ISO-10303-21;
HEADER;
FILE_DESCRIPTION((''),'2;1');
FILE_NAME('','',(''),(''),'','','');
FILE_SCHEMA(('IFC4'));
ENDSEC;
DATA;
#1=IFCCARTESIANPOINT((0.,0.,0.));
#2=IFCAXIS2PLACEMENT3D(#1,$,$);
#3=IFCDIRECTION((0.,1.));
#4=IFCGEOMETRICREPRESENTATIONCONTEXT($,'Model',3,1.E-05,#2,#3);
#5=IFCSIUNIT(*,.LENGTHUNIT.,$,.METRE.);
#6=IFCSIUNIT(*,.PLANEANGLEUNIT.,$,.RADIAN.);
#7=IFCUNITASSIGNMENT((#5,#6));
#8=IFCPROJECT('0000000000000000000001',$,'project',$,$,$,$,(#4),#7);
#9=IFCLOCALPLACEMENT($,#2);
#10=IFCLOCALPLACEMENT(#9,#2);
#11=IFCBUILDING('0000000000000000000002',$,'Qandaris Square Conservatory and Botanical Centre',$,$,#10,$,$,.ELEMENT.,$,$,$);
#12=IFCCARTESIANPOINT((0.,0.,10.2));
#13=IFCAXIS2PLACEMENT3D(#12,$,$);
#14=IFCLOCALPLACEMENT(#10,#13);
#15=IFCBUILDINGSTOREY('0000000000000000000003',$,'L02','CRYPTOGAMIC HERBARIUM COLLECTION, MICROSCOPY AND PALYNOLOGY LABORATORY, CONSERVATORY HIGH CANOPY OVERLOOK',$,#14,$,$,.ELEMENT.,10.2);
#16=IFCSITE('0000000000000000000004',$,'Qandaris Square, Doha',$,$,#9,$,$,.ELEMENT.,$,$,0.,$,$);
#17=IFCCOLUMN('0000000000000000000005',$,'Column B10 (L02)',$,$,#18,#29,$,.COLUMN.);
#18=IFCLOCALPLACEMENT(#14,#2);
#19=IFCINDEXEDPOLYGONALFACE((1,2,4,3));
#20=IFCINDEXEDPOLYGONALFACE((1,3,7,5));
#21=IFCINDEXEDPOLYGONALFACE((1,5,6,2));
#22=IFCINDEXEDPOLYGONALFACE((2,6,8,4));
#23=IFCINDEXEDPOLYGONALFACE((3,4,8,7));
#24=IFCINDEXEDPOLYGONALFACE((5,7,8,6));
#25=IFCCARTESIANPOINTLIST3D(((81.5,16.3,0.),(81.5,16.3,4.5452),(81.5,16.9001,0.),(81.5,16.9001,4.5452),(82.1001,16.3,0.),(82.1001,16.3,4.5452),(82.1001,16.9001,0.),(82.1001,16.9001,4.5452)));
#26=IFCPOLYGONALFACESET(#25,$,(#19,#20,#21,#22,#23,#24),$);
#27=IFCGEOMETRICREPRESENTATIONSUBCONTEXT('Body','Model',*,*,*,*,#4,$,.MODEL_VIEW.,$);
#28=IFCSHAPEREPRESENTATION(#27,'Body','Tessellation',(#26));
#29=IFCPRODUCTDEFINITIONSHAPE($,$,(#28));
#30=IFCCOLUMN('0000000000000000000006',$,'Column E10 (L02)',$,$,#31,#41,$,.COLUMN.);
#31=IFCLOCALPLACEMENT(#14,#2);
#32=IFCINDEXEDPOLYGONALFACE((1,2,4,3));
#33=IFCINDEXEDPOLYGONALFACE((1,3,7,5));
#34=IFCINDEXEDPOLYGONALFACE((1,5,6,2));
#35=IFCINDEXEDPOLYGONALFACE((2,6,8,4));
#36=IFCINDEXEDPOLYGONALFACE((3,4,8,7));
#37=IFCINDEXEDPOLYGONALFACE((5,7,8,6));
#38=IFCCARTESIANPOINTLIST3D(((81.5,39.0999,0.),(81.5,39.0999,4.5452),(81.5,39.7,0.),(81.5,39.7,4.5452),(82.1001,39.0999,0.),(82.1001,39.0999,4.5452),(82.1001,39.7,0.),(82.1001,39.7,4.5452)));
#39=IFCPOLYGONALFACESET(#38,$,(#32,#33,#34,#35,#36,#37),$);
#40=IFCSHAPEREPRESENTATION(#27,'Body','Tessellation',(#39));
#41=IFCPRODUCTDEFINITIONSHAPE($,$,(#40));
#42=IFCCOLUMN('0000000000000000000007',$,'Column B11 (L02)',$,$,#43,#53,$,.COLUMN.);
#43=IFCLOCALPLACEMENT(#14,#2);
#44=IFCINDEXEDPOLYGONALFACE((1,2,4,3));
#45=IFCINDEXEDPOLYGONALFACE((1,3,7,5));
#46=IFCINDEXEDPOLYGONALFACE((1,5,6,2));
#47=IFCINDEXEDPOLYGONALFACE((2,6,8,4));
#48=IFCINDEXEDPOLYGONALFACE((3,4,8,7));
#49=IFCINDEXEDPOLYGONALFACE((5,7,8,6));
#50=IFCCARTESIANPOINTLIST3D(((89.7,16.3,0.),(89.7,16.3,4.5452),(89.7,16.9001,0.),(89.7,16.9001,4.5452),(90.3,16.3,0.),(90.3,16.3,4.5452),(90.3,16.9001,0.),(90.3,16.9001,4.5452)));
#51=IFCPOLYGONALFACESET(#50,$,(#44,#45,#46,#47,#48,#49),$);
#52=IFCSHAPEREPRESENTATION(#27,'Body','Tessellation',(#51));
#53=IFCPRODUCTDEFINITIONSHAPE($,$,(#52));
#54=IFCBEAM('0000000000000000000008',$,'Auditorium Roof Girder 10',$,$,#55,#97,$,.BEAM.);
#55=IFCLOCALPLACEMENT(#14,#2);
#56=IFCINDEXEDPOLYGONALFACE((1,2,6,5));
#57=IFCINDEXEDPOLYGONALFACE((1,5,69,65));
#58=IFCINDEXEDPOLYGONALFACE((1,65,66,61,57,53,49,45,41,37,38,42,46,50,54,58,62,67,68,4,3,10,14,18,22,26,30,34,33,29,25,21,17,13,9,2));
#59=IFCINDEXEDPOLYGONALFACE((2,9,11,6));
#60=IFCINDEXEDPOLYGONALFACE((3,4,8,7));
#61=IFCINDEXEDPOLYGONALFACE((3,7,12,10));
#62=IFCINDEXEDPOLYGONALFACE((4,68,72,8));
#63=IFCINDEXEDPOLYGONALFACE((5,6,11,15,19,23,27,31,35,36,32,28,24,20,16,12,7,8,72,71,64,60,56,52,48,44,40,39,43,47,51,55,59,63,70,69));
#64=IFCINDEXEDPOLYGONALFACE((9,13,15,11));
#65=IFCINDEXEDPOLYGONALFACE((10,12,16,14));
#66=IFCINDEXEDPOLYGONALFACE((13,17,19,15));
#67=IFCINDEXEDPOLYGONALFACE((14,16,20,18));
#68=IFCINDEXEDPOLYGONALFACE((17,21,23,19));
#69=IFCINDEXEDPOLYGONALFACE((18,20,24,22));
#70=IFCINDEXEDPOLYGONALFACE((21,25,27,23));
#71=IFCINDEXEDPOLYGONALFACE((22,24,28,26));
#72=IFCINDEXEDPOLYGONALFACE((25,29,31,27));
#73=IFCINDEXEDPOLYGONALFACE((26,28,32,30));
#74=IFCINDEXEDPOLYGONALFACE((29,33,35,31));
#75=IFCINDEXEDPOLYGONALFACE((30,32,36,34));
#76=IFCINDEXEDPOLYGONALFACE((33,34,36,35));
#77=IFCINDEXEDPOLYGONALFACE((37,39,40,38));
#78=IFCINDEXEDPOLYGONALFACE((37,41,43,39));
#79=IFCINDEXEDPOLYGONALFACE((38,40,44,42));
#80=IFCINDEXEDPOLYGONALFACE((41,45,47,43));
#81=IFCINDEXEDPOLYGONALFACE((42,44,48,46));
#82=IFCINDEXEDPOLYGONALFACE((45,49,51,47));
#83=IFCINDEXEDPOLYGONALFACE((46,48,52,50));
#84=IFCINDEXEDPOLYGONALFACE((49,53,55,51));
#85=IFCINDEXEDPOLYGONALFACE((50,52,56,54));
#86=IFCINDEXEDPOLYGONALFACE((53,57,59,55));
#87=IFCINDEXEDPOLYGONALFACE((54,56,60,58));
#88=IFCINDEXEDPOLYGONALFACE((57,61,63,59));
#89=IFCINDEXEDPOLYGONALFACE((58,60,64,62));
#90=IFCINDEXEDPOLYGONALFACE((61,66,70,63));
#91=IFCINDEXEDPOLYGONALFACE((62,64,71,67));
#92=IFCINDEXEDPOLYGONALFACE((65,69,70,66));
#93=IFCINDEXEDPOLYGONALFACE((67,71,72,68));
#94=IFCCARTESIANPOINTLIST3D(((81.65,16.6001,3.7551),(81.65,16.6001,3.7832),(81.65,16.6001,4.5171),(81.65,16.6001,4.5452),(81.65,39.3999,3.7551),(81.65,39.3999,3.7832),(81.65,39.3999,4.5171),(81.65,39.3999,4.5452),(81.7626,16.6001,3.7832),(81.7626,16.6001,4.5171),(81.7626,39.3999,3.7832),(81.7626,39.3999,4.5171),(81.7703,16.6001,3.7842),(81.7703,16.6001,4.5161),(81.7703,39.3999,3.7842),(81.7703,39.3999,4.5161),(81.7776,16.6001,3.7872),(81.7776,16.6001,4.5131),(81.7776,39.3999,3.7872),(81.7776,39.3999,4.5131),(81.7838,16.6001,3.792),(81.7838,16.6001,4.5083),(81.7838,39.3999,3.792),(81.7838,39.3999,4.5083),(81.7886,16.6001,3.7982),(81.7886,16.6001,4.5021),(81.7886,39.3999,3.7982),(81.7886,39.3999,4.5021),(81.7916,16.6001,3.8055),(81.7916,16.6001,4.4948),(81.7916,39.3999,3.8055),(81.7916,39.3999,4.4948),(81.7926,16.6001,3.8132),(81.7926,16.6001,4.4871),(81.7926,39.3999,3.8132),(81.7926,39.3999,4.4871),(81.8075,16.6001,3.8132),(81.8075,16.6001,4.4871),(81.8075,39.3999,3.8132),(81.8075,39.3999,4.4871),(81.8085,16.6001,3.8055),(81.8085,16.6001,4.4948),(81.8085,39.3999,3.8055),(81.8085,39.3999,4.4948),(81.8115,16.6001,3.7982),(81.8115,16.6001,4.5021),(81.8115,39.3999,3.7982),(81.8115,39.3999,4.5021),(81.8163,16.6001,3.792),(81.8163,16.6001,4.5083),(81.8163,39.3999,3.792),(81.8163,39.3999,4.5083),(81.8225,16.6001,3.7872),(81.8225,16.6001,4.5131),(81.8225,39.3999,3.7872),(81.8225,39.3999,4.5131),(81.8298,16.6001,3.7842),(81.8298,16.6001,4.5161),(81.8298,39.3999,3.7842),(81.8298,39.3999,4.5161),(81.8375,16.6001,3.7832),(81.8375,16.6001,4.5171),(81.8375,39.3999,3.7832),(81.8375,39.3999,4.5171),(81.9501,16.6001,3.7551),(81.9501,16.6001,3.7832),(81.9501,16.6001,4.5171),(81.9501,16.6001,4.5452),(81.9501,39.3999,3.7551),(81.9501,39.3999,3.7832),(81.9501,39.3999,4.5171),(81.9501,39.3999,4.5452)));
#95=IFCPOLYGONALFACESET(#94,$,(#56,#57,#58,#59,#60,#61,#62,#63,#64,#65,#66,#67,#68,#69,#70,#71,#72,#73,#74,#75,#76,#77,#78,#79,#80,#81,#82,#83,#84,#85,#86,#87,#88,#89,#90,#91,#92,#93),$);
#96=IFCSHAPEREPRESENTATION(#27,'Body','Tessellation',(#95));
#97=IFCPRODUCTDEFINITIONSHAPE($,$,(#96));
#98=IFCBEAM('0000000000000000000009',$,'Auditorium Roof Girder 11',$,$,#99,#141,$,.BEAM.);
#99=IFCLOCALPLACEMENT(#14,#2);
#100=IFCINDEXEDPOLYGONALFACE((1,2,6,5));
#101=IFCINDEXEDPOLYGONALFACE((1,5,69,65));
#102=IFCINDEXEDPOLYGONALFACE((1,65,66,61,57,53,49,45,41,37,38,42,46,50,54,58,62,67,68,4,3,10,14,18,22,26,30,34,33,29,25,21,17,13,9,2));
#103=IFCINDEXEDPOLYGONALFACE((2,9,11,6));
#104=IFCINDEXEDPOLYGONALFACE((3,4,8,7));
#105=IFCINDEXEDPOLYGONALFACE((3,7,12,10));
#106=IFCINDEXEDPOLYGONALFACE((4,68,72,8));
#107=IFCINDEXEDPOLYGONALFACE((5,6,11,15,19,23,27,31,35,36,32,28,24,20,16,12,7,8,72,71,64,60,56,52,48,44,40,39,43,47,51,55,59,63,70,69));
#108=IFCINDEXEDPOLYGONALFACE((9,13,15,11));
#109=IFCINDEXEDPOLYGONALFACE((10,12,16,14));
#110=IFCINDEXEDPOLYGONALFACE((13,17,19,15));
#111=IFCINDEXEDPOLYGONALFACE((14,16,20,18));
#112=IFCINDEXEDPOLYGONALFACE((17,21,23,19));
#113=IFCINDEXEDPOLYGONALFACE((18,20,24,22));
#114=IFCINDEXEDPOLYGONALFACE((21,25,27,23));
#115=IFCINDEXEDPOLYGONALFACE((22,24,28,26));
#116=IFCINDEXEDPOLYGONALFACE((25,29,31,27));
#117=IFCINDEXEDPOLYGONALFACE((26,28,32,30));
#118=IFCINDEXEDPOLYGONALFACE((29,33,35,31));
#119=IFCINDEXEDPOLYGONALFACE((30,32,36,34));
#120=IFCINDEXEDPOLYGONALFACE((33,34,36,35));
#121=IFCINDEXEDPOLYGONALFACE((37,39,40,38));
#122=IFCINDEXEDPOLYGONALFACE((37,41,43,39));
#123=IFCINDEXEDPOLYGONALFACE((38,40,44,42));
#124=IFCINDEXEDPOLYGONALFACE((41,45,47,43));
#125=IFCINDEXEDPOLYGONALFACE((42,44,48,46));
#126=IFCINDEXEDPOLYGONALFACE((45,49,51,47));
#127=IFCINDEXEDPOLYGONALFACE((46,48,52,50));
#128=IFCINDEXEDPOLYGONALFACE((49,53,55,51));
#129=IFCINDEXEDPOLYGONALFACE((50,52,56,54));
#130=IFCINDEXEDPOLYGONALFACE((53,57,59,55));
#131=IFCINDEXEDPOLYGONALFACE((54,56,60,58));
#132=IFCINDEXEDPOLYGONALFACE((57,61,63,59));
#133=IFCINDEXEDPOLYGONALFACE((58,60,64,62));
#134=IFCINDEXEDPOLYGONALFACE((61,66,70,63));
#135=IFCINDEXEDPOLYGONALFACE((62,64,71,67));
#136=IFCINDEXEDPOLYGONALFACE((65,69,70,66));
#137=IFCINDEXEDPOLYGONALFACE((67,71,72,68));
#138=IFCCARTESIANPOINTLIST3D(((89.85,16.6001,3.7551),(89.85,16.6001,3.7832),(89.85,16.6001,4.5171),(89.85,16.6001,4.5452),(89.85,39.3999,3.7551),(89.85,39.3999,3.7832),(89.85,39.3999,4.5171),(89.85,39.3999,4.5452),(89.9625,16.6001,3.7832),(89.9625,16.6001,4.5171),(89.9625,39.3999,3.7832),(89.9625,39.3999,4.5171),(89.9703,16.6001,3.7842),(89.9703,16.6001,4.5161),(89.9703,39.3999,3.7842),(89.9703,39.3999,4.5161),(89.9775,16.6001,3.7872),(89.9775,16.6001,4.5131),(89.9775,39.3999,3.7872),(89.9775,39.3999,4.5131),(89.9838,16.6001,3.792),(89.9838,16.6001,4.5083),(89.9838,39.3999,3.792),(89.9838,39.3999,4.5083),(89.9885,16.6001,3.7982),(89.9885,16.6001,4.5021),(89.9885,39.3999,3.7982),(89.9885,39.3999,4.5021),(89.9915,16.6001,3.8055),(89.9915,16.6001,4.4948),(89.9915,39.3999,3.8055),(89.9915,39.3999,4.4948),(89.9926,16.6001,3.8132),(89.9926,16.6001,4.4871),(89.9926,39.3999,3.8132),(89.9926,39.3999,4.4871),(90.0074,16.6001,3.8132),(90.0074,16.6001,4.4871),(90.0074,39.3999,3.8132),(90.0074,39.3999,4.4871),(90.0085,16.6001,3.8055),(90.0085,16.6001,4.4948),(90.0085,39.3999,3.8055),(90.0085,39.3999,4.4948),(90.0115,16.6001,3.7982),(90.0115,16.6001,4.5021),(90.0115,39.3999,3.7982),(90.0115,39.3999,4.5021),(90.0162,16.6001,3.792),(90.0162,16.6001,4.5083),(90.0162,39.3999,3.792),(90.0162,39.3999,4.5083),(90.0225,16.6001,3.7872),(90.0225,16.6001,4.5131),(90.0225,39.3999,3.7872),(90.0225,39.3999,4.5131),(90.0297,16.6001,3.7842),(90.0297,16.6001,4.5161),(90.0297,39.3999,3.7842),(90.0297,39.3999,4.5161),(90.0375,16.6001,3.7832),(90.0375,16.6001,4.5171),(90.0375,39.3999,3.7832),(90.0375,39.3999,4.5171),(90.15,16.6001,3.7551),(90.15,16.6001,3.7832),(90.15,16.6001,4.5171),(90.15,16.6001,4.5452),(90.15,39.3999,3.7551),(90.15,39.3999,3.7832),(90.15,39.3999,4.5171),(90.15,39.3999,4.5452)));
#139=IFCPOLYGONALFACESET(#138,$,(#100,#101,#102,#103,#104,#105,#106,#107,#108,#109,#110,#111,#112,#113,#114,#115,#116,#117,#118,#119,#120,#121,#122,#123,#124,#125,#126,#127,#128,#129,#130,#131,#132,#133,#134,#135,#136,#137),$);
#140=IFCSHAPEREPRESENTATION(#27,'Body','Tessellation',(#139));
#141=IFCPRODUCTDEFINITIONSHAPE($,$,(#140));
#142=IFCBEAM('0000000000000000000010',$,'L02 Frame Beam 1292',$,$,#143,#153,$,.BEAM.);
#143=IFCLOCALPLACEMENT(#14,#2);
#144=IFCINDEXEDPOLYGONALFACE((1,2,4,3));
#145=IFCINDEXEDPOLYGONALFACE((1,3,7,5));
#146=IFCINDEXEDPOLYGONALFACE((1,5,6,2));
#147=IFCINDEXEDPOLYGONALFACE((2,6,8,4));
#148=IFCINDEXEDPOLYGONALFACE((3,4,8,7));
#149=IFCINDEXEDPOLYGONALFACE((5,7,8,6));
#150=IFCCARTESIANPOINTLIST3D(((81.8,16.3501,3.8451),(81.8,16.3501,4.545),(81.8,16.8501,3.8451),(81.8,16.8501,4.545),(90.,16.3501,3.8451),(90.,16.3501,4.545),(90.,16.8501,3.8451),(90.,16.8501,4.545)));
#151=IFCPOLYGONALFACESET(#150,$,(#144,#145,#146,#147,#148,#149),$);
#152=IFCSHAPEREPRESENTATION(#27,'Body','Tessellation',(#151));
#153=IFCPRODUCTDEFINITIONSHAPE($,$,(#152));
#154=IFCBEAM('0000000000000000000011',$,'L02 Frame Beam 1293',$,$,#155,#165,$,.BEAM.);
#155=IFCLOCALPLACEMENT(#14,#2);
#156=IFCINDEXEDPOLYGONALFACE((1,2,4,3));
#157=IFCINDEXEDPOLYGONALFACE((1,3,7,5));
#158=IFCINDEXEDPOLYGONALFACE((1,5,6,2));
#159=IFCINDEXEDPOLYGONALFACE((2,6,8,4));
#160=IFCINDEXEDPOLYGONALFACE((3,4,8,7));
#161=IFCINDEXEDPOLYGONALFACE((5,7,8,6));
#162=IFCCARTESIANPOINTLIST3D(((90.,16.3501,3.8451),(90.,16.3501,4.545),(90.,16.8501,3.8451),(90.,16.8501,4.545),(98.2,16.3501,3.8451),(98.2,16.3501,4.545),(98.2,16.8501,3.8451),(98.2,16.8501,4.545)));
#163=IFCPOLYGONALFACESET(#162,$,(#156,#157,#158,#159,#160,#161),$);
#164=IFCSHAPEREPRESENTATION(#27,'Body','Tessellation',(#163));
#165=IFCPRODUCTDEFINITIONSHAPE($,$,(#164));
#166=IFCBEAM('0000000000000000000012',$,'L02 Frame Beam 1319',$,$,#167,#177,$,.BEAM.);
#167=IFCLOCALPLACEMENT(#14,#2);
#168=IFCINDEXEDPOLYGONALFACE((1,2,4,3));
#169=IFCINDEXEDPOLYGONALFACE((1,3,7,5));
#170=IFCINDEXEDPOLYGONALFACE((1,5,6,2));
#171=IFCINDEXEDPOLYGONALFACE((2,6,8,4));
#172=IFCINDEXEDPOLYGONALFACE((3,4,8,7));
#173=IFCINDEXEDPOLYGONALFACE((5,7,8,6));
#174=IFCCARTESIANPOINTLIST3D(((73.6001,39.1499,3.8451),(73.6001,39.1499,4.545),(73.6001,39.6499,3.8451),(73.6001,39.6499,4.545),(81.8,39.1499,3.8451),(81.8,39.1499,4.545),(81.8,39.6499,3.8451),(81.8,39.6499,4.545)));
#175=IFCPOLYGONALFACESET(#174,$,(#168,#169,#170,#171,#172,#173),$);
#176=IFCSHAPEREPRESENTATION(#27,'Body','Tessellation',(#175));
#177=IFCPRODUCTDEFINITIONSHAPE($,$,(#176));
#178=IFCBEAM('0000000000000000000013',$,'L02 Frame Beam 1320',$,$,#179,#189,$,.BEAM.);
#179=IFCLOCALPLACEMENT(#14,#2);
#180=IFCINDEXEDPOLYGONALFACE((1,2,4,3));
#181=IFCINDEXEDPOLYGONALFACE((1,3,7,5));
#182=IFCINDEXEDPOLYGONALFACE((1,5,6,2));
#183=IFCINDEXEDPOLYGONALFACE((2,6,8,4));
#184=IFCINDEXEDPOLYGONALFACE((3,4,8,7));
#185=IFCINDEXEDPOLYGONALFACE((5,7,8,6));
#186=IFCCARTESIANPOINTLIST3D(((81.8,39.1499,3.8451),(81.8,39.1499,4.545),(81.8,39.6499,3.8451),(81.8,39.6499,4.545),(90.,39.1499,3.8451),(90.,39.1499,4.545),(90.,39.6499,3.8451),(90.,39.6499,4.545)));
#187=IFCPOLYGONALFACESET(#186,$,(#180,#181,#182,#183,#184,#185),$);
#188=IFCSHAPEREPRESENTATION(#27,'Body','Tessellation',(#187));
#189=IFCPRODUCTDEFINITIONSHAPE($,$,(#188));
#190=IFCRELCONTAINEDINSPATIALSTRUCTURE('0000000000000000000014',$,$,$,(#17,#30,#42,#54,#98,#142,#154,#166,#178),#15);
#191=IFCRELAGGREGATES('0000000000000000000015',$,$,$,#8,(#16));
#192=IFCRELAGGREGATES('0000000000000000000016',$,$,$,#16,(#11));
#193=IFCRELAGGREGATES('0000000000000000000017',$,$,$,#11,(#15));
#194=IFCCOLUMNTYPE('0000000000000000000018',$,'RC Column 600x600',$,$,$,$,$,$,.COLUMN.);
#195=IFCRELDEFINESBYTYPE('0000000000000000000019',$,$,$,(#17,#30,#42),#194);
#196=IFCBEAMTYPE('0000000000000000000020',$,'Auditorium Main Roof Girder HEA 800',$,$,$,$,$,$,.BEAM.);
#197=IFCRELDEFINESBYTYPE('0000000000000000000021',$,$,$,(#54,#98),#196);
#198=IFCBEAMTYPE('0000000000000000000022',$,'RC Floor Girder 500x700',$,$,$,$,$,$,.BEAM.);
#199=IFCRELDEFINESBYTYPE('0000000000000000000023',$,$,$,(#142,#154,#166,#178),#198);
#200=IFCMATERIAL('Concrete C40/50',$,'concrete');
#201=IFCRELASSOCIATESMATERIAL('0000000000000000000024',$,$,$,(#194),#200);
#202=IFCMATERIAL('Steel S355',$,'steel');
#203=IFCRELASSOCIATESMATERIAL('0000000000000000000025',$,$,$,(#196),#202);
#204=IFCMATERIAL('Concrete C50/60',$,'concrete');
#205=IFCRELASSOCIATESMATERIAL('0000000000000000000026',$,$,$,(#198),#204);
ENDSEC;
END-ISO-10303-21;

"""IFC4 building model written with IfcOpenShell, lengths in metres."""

from ifc_helpers import new_model, si_unit, direction, frame, origin, origin_2d, place, context, subcontext, project, spatial, rectangle, i_section, extrude, material, material_profile, profile_set, type_object, element, save


model = new_model("IFC4")

# Units and contexts
model_context = context("Model", 3, precision=1e-05, world=origin(), true_north=direction((0.0, 1.0)))
body_context = subcontext(model_context, "Body", "Model", "MODEL_VIEW")
ifc_project = project(units=[si_unit("LENGTHUNIT", "METRE"), si_unit("PLANEANGLEUNIT", "RADIAN")], contexts=[model_context])

# Site, building, storey
site_placement = place(None, origin())
site = spatial("IfcSite", under=ifc_project, at=site_placement, Name="Qandaris Square, Doha", CompositionType="ELEMENT", RefElevation=0.0)
building_placement = place(site_placement, origin())
building = spatial("IfcBuilding", under=site, at=building_placement, Name="Qandaris Square Conservatory and Botanical Centre", CompositionType="ELEMENT")
storey_placement = place(building_placement, frame((0.0, 0.0, 10.2)))
storey = spatial("IfcBuildingStorey", under=building, at=storey_placement, Name="L02", Description="CRYPTOGAMIC HERBARIUM COLLECTION, MICROSCOPY AND PALYNOLOGY LABORATORY, CONSERVATORY HIGH CANOPY OVERLOOK", CompositionType="ELEMENT", Elevation=10.2)

# Columns
ifc_material_1 = material(Name="Concrete C40/50", Category="concrete")
ifc_material_profile_1 = material_profile(ifc_material_1, rectangle(XDim=0.6001, YDim=0.6001, at=origin_2d()), Name="RC-COL 600x600")
ifc_profile_set_1 = profile_set([ifc_material_profile_1], Name="Concrete C40/50")
column_type = type_object("IfcColumnType", Name="RC Column 600x600", PredefinedType="COLUMN", material=ifc_profile_set_1)
for number, where, z_axis, x_axis, name in (
    (1, (81.8, 16.6001, 0.0), (0.0, 0.0, 1.0), (1.0, 0.0, 0.0), "Column B10 (L02)"),
    (2, (81.8, 39.3999, 0.0), (0.0, 0.0, 1.0), (1.0, 0.0, 0.0), "Column E10 (L02)"),
    (3, (90.0, 16.6001, 0.0), (0.0, 0.0, 1.0), (1.0, 0.0, 0.0), "Column B11 (L02)"),
):
    element("IfcColumn", number, at=place(storey_placement, frame(where, z_axis=z_axis, x_axis=x_axis)), inside=storey, type_object=column_type, Name=name, PredefinedType="COLUMN", context=body_context, shape_type="SweptSolid", body=[
        extrude(rectangle(XDim=0.6001, YDim=0.6001, at=origin_2d()), origin(), (0.0, 0.0, 1.0), 4.5452),
    ])

# Beams
ifc_material_2 = material(Name="Steel S355", Category="steel")
ifc_material_profile_2 = material_profile(ifc_material_2, i_section(OverallWidth=0.3, OverallDepth=0.79, WebThickness=0.0149, FlangeThickness=0.0281, FilletRadius=0.03, at=origin_2d()), Name="HEA 800")
ifc_profile_set_2 = profile_set([ifc_material_profile_2], Name="Steel S355")
beam_type_1 = type_object("IfcBeamType", Name="Auditorium Main Roof Girder HEA 800", PredefinedType="BEAM", material=ifc_profile_set_2)
for number, where, z_axis, x_axis, name in (
    (4, (81.8, 16.6001, 4.1501), (0.0, 1.0, 0.0), (-1.0, 0.0, 0.0), "Auditorium Roof Girder 10"),
    (5, (90.0, 16.6001, 4.1501), (0.0, 1.0, 0.0), (-1.0, 0.0, 0.0), "Auditorium Roof Girder 11"),
):
    element("IfcBeam", number, at=place(storey_placement, frame(where, z_axis=z_axis, x_axis=x_axis)), inside=storey, type_object=beam_type_1, Name=name, PredefinedType="BEAM", context=body_context, shape_type="SweptSolid", body=[
        extrude(i_section(OverallWidth=0.3, OverallDepth=0.79, WebThickness=0.0149, FlangeThickness=0.0281, FilletRadius=0.03, at=origin_2d()), origin(), (0.0, 0.0, 1.0), 22.7998),
    ])
ifc_material_3 = material(Name="Concrete C50/60", Category="concrete")
ifc_material_profile_3 = material_profile(ifc_material_3, rectangle(XDim=0.5, YDim=0.7, at=origin_2d()), Name="RC-BM 500x700")
ifc_profile_set_3 = profile_set([ifc_material_profile_3], Name="Concrete C50/60")
beam_type_2 = type_object("IfcBeamType", Name="RC Floor Girder 500x700", PredefinedType="BEAM", material=ifc_profile_set_3)
for number, where, z_axis, x_axis, name in (
    (6, (81.8, 16.6001, 4.1951), (1.0, 0.0, 0.0), (0.0, 1.0, 0.0), "L02 Frame Beam 1292"),
    (7, (90.0, 16.6001, 4.1951), (1.0, 0.0, 0.0), (0.0, 1.0, 0.0), "L02 Frame Beam 1293"),
    (8, (73.6001, 39.3999, 4.1951), (1.0, 0.0, 0.0), (0.0, 1.0, 0.0), "L02 Frame Beam 1319"),
    (9, (81.8, 39.3999, 4.1951), (1.0, 0.0, 0.0), (0.0, 1.0, 0.0), "L02 Frame Beam 1320"),
):
    element("IfcBeam", number, at=place(storey_placement, frame(where, z_axis=z_axis, x_axis=x_axis)), inside=storey, type_object=beam_type_2, Name=name, PredefinedType="BEAM", context=body_context, shape_type="SweptSolid", body=[
        extrude(rectangle(XDim=0.5, YDim=0.7, at=origin_2d()), origin(), (0.0, 0.0, 1.0), 8.2),
    ])

save(model, "model.ifc")
